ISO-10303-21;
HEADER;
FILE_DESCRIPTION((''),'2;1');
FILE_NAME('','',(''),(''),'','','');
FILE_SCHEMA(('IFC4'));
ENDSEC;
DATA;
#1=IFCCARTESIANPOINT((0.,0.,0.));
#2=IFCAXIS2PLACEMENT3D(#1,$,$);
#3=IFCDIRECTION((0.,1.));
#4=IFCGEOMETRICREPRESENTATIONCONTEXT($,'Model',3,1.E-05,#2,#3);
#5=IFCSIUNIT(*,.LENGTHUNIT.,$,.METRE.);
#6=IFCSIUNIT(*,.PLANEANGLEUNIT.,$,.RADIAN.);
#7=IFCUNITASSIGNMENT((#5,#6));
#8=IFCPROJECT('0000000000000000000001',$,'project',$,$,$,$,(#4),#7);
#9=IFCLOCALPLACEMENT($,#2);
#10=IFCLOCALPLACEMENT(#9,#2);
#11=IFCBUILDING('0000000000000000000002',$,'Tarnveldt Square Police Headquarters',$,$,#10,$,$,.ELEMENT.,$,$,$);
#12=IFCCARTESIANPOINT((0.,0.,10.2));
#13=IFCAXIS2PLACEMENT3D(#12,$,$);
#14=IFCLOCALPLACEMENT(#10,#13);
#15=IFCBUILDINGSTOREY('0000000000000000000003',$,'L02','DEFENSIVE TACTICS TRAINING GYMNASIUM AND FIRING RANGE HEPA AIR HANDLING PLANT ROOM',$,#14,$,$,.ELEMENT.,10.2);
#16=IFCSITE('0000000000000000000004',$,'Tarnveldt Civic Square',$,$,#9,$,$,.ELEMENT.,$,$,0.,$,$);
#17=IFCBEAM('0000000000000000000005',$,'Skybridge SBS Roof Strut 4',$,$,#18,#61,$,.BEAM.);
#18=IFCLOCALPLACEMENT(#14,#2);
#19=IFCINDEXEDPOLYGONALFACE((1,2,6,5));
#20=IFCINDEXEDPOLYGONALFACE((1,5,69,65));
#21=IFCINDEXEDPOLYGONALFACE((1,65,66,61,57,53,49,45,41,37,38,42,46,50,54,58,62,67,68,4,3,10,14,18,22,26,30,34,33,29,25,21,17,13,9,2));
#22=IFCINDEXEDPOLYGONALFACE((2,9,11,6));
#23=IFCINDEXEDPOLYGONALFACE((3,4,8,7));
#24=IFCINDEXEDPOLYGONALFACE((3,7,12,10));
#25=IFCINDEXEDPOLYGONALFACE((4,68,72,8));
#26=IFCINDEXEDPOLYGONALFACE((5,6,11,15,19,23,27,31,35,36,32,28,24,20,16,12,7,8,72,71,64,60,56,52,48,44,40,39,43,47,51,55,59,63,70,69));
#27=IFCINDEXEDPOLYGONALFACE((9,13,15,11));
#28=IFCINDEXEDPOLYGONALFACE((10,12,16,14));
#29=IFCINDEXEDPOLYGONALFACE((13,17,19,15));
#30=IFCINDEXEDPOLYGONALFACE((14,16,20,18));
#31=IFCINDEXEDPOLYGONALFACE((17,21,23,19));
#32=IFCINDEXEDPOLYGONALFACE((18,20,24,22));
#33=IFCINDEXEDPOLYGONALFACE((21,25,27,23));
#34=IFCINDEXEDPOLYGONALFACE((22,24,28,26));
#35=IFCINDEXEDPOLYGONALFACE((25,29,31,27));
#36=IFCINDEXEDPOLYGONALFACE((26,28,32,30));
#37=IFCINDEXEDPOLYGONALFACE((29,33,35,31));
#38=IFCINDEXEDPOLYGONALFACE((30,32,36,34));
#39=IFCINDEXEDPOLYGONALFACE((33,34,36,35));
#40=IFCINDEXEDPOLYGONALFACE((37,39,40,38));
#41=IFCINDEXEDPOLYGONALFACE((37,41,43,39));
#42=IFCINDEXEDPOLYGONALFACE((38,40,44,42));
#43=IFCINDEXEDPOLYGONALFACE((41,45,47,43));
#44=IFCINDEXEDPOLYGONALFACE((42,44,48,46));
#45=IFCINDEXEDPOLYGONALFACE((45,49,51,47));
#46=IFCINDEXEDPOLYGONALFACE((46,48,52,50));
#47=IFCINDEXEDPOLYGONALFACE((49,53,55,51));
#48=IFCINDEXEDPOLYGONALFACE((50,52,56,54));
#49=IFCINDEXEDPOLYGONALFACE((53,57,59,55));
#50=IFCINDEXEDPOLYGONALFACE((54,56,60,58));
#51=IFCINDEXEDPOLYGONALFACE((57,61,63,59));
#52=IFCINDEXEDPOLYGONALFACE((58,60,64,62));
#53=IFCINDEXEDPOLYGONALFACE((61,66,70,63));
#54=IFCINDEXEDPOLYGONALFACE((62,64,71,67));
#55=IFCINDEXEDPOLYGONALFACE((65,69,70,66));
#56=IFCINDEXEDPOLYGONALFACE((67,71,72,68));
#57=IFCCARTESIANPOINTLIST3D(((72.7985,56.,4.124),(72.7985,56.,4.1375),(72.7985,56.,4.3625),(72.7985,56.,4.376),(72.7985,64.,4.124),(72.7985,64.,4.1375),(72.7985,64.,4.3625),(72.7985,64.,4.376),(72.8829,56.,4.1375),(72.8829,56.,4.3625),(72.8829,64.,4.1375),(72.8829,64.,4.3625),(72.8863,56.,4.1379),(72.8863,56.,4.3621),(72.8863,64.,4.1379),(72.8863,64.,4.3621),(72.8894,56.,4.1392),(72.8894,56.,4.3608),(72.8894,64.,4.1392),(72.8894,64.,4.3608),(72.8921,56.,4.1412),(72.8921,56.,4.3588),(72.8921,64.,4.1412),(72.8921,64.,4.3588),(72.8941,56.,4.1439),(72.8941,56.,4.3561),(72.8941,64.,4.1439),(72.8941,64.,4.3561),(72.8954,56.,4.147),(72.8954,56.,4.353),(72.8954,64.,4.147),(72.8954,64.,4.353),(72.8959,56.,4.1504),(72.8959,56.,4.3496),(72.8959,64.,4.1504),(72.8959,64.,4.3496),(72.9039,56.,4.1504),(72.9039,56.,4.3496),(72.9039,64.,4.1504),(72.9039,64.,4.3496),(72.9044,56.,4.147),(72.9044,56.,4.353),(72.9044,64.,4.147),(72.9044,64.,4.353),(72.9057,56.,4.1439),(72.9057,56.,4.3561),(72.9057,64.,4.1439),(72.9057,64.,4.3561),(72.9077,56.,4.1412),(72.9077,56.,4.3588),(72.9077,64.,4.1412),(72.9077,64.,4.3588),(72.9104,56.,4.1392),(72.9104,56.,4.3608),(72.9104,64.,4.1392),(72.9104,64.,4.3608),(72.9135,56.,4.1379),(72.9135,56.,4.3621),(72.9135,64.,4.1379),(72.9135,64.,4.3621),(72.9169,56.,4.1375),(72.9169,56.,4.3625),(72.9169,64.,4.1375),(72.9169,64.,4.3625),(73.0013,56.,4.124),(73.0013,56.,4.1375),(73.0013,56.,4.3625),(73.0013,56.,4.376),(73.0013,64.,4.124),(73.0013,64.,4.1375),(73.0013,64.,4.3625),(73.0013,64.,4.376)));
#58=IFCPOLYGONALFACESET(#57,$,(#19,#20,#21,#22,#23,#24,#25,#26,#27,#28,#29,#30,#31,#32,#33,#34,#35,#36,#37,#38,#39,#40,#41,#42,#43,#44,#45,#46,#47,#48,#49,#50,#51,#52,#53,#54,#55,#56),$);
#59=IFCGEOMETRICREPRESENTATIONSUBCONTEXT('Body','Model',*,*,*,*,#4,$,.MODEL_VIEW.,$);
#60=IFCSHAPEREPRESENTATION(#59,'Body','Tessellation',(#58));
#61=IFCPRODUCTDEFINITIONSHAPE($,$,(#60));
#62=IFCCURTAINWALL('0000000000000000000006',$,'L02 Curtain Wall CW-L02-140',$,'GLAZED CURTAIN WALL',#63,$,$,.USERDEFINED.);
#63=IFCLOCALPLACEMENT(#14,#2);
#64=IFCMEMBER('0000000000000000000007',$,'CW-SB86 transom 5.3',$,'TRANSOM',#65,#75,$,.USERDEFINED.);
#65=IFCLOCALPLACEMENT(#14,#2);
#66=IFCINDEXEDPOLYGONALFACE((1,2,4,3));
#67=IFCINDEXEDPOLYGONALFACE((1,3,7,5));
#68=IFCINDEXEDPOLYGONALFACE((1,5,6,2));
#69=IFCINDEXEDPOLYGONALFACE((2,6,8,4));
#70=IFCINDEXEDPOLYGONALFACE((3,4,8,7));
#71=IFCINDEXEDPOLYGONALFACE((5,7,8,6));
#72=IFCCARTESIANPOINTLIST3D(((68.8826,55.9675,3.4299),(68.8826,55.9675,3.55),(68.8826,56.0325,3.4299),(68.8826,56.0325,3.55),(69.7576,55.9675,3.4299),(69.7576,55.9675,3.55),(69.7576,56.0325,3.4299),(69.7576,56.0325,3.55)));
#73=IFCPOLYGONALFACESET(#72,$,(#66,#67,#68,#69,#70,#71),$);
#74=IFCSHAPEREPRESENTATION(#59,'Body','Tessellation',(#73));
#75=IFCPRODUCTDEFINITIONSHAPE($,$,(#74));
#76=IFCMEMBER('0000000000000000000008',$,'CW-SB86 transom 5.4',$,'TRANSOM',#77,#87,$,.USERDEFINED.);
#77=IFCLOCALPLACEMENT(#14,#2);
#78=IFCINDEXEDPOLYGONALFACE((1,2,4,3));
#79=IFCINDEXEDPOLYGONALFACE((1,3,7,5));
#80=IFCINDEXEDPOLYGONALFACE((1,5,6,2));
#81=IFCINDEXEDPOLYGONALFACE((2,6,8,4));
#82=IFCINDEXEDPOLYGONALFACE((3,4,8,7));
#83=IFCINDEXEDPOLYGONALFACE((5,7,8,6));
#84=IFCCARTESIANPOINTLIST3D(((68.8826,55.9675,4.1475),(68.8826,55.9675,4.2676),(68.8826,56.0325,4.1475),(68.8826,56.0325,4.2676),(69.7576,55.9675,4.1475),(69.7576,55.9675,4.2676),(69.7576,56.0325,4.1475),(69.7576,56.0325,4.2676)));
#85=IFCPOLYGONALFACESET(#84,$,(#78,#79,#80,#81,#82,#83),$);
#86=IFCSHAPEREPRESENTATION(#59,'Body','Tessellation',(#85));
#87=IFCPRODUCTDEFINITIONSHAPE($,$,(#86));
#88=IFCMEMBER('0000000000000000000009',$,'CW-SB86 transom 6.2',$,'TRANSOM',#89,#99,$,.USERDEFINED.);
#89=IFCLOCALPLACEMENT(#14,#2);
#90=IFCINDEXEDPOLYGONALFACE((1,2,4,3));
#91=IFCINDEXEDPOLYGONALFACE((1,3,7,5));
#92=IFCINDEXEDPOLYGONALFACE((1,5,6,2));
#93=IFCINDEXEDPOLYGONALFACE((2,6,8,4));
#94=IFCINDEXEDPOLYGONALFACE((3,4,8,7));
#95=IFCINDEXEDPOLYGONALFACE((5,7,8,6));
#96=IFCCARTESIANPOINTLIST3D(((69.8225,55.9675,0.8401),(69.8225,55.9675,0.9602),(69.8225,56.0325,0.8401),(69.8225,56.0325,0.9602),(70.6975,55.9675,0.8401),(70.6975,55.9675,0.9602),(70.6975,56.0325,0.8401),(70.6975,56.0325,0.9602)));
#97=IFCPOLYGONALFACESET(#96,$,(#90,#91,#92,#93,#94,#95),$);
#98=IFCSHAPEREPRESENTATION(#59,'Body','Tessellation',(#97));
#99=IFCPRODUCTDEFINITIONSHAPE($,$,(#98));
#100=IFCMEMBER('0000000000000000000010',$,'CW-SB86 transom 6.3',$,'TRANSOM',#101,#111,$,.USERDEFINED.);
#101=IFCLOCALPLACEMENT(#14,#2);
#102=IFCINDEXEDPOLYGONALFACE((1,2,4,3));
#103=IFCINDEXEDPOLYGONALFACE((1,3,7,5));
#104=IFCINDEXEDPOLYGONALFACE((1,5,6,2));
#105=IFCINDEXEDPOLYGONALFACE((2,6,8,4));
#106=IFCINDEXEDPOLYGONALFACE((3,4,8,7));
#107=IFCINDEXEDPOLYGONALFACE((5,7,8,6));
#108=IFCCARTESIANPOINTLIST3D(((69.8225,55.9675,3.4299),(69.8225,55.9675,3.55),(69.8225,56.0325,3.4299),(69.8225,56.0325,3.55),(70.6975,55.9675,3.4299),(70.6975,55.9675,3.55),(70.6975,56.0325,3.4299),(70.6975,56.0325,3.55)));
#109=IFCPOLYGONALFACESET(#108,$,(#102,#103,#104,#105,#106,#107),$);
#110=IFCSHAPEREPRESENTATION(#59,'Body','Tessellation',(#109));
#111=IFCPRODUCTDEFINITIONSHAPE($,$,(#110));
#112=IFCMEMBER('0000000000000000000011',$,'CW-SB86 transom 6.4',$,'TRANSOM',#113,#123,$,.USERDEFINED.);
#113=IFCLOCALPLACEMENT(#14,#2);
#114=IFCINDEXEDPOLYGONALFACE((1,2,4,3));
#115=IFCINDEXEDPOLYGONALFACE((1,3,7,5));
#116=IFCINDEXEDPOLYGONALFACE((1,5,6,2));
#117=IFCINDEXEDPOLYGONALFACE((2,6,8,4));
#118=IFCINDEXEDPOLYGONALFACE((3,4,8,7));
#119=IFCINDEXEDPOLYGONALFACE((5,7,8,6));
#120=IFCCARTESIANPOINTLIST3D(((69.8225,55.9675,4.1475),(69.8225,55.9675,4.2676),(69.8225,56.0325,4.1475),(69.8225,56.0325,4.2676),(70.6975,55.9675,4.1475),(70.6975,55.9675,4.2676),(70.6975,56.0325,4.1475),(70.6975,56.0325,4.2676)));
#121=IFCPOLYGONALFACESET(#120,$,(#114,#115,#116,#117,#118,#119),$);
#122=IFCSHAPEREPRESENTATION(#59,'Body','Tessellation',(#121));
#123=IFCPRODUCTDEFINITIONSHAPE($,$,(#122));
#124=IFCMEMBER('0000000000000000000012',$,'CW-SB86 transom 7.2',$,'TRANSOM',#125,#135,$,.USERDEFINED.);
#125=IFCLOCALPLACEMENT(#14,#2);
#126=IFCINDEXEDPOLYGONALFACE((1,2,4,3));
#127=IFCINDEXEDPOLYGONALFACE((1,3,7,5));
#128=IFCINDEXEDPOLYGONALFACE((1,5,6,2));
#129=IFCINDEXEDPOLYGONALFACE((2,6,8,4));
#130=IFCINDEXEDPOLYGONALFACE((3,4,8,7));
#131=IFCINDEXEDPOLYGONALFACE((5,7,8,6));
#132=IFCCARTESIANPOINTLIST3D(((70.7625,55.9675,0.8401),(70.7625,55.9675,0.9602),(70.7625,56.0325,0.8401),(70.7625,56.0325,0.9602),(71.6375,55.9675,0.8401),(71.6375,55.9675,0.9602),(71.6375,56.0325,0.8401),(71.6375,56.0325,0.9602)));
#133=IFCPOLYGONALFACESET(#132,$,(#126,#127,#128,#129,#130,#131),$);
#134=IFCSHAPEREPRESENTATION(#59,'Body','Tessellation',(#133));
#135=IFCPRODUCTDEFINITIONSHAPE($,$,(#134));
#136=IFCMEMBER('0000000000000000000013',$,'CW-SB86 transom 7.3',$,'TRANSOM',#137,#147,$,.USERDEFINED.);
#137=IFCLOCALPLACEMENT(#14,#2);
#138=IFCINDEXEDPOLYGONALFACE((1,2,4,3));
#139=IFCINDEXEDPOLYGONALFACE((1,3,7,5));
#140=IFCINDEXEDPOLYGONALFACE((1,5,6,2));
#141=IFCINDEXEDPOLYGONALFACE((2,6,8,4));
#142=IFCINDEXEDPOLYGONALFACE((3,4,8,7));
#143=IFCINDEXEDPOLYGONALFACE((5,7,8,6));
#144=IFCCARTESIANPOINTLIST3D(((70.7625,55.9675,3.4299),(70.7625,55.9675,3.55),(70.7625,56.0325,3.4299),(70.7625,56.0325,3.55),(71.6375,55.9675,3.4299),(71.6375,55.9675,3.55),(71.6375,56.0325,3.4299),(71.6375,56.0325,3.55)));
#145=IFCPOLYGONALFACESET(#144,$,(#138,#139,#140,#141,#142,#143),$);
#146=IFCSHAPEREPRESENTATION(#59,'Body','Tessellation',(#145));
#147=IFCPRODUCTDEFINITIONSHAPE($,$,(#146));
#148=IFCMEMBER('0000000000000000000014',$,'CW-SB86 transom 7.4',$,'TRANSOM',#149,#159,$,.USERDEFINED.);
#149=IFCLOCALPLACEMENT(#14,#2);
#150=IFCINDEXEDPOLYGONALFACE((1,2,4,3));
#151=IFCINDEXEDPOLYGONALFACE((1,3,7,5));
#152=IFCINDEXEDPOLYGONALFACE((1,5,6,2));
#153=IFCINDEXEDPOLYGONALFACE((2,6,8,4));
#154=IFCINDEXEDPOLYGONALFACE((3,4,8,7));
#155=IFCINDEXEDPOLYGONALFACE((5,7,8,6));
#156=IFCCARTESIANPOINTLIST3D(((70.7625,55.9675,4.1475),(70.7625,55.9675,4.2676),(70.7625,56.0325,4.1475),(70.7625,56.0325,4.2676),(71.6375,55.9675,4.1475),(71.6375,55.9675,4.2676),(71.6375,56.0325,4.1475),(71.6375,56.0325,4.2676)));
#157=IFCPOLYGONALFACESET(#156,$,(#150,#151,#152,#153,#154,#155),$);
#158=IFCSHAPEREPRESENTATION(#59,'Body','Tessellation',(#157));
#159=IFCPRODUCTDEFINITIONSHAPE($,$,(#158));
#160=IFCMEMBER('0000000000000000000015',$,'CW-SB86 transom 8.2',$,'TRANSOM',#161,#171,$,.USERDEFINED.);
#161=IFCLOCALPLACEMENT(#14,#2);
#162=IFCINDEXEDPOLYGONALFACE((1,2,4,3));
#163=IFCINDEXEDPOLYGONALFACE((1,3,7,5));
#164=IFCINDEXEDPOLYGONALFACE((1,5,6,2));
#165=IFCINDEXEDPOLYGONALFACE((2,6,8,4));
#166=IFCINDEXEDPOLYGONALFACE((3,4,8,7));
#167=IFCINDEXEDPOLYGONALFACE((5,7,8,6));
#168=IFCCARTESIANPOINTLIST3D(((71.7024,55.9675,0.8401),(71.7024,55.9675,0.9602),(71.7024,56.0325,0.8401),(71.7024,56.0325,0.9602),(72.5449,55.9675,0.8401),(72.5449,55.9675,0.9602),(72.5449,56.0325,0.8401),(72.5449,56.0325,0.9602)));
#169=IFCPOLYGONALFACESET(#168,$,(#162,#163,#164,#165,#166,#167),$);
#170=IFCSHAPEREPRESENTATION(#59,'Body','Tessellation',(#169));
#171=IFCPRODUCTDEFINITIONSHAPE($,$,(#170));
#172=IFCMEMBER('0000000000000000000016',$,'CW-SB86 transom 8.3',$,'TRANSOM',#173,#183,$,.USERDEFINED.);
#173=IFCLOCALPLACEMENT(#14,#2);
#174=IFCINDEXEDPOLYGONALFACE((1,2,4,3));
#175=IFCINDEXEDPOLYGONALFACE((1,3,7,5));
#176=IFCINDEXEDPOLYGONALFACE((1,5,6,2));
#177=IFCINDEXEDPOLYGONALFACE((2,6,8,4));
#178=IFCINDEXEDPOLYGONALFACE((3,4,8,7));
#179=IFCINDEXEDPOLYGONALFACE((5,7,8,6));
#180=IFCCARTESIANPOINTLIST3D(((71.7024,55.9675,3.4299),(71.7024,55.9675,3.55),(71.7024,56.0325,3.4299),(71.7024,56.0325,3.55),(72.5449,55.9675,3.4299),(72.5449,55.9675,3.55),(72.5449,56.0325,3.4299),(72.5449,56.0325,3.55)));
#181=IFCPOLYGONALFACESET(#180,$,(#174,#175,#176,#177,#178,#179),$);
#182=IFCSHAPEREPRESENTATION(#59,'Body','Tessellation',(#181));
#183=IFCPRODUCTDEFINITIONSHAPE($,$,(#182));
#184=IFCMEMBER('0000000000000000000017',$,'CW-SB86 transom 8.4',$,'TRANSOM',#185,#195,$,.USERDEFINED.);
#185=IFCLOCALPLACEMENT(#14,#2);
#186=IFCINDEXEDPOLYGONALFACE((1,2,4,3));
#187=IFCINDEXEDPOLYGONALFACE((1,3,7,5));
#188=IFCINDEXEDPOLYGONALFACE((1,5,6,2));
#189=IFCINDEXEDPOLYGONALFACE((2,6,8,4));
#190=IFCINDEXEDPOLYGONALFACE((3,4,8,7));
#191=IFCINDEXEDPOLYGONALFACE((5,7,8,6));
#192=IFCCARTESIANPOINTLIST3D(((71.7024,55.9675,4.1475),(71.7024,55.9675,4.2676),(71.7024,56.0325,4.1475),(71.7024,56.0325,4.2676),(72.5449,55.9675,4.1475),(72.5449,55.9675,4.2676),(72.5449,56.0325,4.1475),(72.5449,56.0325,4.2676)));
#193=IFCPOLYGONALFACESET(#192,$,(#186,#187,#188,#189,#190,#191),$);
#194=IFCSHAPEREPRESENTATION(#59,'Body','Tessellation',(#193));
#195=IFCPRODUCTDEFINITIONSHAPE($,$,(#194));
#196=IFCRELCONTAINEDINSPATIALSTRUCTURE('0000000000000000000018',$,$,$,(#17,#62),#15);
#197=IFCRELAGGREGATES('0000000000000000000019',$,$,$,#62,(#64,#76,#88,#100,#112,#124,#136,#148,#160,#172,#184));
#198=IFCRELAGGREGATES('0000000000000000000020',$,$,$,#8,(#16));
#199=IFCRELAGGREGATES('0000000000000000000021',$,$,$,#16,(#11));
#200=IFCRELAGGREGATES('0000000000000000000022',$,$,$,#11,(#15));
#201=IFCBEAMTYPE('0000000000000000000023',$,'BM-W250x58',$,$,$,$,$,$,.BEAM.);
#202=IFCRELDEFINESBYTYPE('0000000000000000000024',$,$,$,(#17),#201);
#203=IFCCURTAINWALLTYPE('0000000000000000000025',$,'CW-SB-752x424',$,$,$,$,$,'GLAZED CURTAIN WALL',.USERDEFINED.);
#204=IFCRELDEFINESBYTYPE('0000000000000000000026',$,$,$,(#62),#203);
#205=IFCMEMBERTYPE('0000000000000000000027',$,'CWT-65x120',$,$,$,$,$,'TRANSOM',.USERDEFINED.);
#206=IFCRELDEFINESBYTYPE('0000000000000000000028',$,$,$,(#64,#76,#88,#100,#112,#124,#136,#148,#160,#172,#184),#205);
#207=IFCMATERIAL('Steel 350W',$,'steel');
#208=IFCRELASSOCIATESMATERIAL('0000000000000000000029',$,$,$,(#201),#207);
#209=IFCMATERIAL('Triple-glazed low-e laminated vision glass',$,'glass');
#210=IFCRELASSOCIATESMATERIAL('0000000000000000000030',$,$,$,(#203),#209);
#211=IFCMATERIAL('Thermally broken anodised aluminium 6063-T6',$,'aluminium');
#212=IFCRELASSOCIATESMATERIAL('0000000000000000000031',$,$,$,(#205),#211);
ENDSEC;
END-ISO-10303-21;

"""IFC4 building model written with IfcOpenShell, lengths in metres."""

from ifc_helpers import new_model, si_unit, direction, frame, origin, origin_2d, place, context, subcontext, project, spatial, rectangle, i_section, extrude, material, material_profile, profile_set, type_object, element, aggregate, save


model = new_model("IFC4")

# Units and contexts
model_context = context("Model", 3, precision=1e-05, world=origin(), true_north=direction((0.0, 1.0)))
body_context = subcontext(model_context, "Body", "Model", "MODEL_VIEW")
ifc_project = project(units=[si_unit("LENGTHUNIT", "METRE"), si_unit("PLANEANGLEUNIT", "RADIAN")], contexts=[model_context])

# Site, building, storey
site_placement = place(None, origin())
site = spatial("IfcSite", under=ifc_project, at=site_placement, Name="Tarnveldt Civic Square", CompositionType="ELEMENT", RefElevation=0.0)
building_placement = place(site_placement, origin())
building = spatial("IfcBuilding", under=site, at=building_placement, Name="Tarnveldt Square Police Headquarters", CompositionType="ELEMENT")
storey_placement = place(building_placement, frame((0.0, 0.0, 10.2)))
storey = spatial("IfcBuildingStorey", under=building, at=storey_placement, Name="L02", Description="DEFENSIVE TACTICS TRAINING GYMNASIUM AND FIRING RANGE HEPA AIR HANDLING PLANT ROOM", CompositionType="ELEMENT", Elevation=10.2)

# Beam
ifc_material_1 = material(Name="Steel 350W", Category="steel")
ifc_material_profile_1 = material_profile(ifc_material_1, i_section(OverallWidth=0.2029, OverallDepth=0.252, WebThickness=0.0081, FlangeThickness=0.0134, FilletRadius=0.0129, at=origin_2d()), Name="W250x58")
ifc_profile_set_1 = profile_set([ifc_material_profile_1], Name="Steel 350W")
beam_type = type_object("IfcBeamType", Name="BM-W250x58", PredefinedType="BEAM", material=ifc_profile_set_1)
beam_placement = place(storey_placement, frame((72.8999, 56.0, 4.25), z_axis=(0.0, 1.0, 0.0), x_axis=(-1.0, 0.0, 0.0)))
element("IfcBeam", 1, at=beam_placement, inside=storey, type_object=beam_type, Name="Skybridge SBS Roof Strut 4", PredefinedType="BEAM", context=body_context, shape_type="SweptSolid", body=[
    extrude(i_section(OverallWidth=0.2029, OverallDepth=0.252, WebThickness=0.0081, FlangeThickness=0.0134, FilletRadius=0.0129, at=origin_2d()), origin(), (0.0, 0.0, 1.0), 8.0),
])

# Curtain wall, members
ifc_material_2 = material(Name="Triple-glazed low-e laminated vision glass", Category="glass")
curtain_wall_type = type_object("IfcCurtainWallType", Name="CW-SB-752x424", ElementType="GLAZED CURTAIN WALL", PredefinedType="USERDEFINED", material=ifc_material_2)
curtain_wall_placement = place(storey_placement, origin())
curtain_wall = element("IfcCurtainWall", 2, at=curtain_wall_placement, inside=storey, type_object=curtain_wall_type, Name="L02 Curtain Wall CW-L02-140", ObjectType="GLAZED CURTAIN WALL", PredefinedType="USERDEFINED")
ifc_material_3 = material(Name="Thermally broken anodised aluminium 6063-T6", Category="aluminium")
ifc_material_profile_2 = material_profile(ifc_material_3, rectangle(XDim=0.0649, YDim=0.1201, at=origin_2d()), Name="CW-T65x120")
ifc_profile_set_2 = profile_set([ifc_material_profile_2], Name="Thermally broken anodised aluminium 6063-T6")
member_type_1 = type_object("IfcMemberType", Name="CWT-65x120", ElementType="TRANSOM", PredefinedType="USERDEFINED", material=ifc_profile_set_2)
member_1_placement = place(storey_placement, frame((68.8826, 56.0, 3.49), z_axis=(1.0, 0.0, 0.0), x_axis=(0.0, 1.0, 0.0)))
member_1 = element("IfcMember", 3, at=member_1_placement, type_object=member_type_1, Name="CW-SB86 transom 5.3", ObjectType="TRANSOM", PredefinedType="USERDEFINED", context=body_context, shape_type="SweptSolid", body=[
    extrude(rectangle(XDim=0.0649, YDim=0.1201, at=origin_2d()), origin(), (0.0, 0.0, 1.0), 0.875),
])
member_2_placement = place(storey_placement, frame((68.8826, 56.0, 4.2075), z_axis=(1.0, 0.0, 0.0), x_axis=(0.0, 1.0, 0.0)))
member_2 = element("IfcMember", 4, at=member_2_placement, type_object=member_type_1, Name="CW-SB86 transom 5.4", ObjectType="TRANSOM", PredefinedType="USERDEFINED", context=body_context, shape_type="SweptSolid", body=[
    extrude(rectangle(XDim=0.0649, YDim=0.1201, at=origin_2d()), origin(), (0.0, 0.0, 1.0), 0.875),
])
member_3_placement = place(storey_placement, frame((69.8225, 56.0, 0.9001), z_axis=(1.0, 0.0, 0.0), x_axis=(0.0, 1.0, 0.0)))
member_3 = element("IfcMember", 5, at=member_3_placement, type_object=member_type_1, Name="CW-SB86 transom 6.2", ObjectType="TRANSOM", PredefinedType="USERDEFINED", context=body_context, shape_type="SweptSolid", body=[
    extrude(rectangle(XDim=0.0649, YDim=0.1201, at=origin_2d()), origin(), (0.0, 0.0, 1.0), 0.875),
])
member_4_placement = place(storey_placement, frame((69.8225, 56.0, 3.49), z_axis=(1.0, 0.0, 0.0), x_axis=(0.0, 1.0, 0.0)))
member_4 = element("IfcMember", 6, at=member_4_placement, type_object=member_type_1, Name="CW-SB86 transom 6.3", ObjectType="TRANSOM", PredefinedType="USERDEFINED", context=body_context, shape_type="SweptSolid", body=[
    extrude(rectangle(XDim=0.0649, YDim=0.1201, at=origin_2d()), origin(), (0.0, 0.0, 1.0), 0.875),
])
member_5_placement = place(storey_placement, frame((69.8225, 56.0, 4.2075), z_axis=(1.0, 0.0, 0.0), x_axis=(0.0, 1.0, 0.0)))
member_5 = element("IfcMember", 7, at=member_5_placement, type_object=member_type_1, Name="CW-SB86 transom 6.4", ObjectType="TRANSOM", PredefinedType="USERDEFINED", context=body_context, shape_type="SweptSolid", body=[
    extrude(rectangle(XDim=0.0649, YDim=0.1201, at=origin_2d()), origin(), (0.0, 0.0, 1.0), 0.875),
])
member_6_placement = place(storey_placement, frame((70.7625, 56.0, 0.9001), z_axis=(1.0, 0.0, 0.0), x_axis=(0.0, 1.0, 0.0)))
member_6 = element("IfcMember", 8, at=member_6_placement, type_object=member_type_1, Name="CW-SB86 transom 7.2", ObjectType="TRANSOM", PredefinedType="USERDEFINED", context=body_context, shape_type="SweptSolid", body=[
    extrude(rectangle(XDim=0.0649, YDim=0.1201, at=origin_2d()), origin(), (0.0, 0.0, 1.0), 0.875),
])
member_7_placement = place(storey_placement, frame((70.7625, 56.0, 3.49), z_axis=(1.0, 0.0, 0.0), x_axis=(0.0, 1.0, 0.0)))
member_7 = element("IfcMember", 9, at=member_7_placement, type_object=member_type_1, Name="CW-SB86 transom 7.3", ObjectType="TRANSOM", PredefinedType="USERDEFINED", context=body_context, shape_type="SweptSolid", body=[
    extrude(rectangle(XDim=0.0649, YDim=0.1201, at=origin_2d()), origin(), (0.0, 0.0, 1.0), 0.875),
])
member_8_placement = place(storey_placement, frame((70.7625, 56.0, 4.2075), z_axis=(1.0, 0.0, 0.0), x_axis=(0.0, 1.0, 0.0)))
member_8 = element("IfcMember", 10, at=member_8_placement, type_object=member_type_1, Name="CW-SB86 transom 7.4", ObjectType="TRANSOM", PredefinedType="USERDEFINED", context=body_context, shape_type="SweptSolid", body=[
    extrude(rectangle(XDim=0.0649, YDim=0.1201, at=origin_2d()), origin(), (0.0, 0.0, 1.0), 0.875),
])
member_9_placement = place(storey_placement, frame((71.7024, 56.0, 0.9001), z_axis=(1.0, 0.0, 0.0), x_axis=(0.0, 1.0, 0.0)))
member_9 = element("IfcMember", 11, at=member_9_placement, type_object=member_type_1, Name="CW-SB86 transom 8.2", ObjectType="TRANSOM", PredefinedType="USERDEFINED", context=body_context, shape_type="SweptSolid", body=[
    extrude(rectangle(XDim=0.0649, YDim=0.1201, at=origin_2d()), origin(), (0.0, 0.0, 1.0), 0.8425),
])
member_10_placement = place(storey_placement, frame((71.7024, 56.0, 3.49), z_axis=(1.0, 0.0, 0.0), x_axis=(0.0, 1.0, 0.0)))
member_10 = element("IfcMember", 12, at=member_10_placement, type_object=member_type_1, Name="CW-SB86 transom 8.3", ObjectType="TRANSOM", PredefinedType="USERDEFINED", context=body_context, shape_type="SweptSolid", body=[
    extrude(rectangle(XDim=0.0649, YDim=0.1201, at=origin_2d()), origin(), (0.0, 0.0, 1.0), 0.8425),
])
member_11_placement = place(storey_placement, frame((71.7024, 56.0, 4.2075), z_axis=(1.0, 0.0, 0.0), x_axis=(0.0, 1.0, 0.0)))
member_11 = element("IfcMember", 13, at=member_11_placement, type_object=member_type_1, Name="CW-SB86 transom 8.4", ObjectType="TRANSOM", PredefinedType="USERDEFINED", context=body_context, shape_type="SweptSolid", body=[
    extrude(rectangle(XDim=0.0649, YDim=0.1201, at=origin_2d()), origin(), (0.0, 0.0, 1.0), 0.8425),
])

aggregate(curtain_wall, [member_1, member_2, member_3, member_4, member_5, member_6, member_7, member_8, member_9, member_10, member_11])

save(model, "model.ifc")
